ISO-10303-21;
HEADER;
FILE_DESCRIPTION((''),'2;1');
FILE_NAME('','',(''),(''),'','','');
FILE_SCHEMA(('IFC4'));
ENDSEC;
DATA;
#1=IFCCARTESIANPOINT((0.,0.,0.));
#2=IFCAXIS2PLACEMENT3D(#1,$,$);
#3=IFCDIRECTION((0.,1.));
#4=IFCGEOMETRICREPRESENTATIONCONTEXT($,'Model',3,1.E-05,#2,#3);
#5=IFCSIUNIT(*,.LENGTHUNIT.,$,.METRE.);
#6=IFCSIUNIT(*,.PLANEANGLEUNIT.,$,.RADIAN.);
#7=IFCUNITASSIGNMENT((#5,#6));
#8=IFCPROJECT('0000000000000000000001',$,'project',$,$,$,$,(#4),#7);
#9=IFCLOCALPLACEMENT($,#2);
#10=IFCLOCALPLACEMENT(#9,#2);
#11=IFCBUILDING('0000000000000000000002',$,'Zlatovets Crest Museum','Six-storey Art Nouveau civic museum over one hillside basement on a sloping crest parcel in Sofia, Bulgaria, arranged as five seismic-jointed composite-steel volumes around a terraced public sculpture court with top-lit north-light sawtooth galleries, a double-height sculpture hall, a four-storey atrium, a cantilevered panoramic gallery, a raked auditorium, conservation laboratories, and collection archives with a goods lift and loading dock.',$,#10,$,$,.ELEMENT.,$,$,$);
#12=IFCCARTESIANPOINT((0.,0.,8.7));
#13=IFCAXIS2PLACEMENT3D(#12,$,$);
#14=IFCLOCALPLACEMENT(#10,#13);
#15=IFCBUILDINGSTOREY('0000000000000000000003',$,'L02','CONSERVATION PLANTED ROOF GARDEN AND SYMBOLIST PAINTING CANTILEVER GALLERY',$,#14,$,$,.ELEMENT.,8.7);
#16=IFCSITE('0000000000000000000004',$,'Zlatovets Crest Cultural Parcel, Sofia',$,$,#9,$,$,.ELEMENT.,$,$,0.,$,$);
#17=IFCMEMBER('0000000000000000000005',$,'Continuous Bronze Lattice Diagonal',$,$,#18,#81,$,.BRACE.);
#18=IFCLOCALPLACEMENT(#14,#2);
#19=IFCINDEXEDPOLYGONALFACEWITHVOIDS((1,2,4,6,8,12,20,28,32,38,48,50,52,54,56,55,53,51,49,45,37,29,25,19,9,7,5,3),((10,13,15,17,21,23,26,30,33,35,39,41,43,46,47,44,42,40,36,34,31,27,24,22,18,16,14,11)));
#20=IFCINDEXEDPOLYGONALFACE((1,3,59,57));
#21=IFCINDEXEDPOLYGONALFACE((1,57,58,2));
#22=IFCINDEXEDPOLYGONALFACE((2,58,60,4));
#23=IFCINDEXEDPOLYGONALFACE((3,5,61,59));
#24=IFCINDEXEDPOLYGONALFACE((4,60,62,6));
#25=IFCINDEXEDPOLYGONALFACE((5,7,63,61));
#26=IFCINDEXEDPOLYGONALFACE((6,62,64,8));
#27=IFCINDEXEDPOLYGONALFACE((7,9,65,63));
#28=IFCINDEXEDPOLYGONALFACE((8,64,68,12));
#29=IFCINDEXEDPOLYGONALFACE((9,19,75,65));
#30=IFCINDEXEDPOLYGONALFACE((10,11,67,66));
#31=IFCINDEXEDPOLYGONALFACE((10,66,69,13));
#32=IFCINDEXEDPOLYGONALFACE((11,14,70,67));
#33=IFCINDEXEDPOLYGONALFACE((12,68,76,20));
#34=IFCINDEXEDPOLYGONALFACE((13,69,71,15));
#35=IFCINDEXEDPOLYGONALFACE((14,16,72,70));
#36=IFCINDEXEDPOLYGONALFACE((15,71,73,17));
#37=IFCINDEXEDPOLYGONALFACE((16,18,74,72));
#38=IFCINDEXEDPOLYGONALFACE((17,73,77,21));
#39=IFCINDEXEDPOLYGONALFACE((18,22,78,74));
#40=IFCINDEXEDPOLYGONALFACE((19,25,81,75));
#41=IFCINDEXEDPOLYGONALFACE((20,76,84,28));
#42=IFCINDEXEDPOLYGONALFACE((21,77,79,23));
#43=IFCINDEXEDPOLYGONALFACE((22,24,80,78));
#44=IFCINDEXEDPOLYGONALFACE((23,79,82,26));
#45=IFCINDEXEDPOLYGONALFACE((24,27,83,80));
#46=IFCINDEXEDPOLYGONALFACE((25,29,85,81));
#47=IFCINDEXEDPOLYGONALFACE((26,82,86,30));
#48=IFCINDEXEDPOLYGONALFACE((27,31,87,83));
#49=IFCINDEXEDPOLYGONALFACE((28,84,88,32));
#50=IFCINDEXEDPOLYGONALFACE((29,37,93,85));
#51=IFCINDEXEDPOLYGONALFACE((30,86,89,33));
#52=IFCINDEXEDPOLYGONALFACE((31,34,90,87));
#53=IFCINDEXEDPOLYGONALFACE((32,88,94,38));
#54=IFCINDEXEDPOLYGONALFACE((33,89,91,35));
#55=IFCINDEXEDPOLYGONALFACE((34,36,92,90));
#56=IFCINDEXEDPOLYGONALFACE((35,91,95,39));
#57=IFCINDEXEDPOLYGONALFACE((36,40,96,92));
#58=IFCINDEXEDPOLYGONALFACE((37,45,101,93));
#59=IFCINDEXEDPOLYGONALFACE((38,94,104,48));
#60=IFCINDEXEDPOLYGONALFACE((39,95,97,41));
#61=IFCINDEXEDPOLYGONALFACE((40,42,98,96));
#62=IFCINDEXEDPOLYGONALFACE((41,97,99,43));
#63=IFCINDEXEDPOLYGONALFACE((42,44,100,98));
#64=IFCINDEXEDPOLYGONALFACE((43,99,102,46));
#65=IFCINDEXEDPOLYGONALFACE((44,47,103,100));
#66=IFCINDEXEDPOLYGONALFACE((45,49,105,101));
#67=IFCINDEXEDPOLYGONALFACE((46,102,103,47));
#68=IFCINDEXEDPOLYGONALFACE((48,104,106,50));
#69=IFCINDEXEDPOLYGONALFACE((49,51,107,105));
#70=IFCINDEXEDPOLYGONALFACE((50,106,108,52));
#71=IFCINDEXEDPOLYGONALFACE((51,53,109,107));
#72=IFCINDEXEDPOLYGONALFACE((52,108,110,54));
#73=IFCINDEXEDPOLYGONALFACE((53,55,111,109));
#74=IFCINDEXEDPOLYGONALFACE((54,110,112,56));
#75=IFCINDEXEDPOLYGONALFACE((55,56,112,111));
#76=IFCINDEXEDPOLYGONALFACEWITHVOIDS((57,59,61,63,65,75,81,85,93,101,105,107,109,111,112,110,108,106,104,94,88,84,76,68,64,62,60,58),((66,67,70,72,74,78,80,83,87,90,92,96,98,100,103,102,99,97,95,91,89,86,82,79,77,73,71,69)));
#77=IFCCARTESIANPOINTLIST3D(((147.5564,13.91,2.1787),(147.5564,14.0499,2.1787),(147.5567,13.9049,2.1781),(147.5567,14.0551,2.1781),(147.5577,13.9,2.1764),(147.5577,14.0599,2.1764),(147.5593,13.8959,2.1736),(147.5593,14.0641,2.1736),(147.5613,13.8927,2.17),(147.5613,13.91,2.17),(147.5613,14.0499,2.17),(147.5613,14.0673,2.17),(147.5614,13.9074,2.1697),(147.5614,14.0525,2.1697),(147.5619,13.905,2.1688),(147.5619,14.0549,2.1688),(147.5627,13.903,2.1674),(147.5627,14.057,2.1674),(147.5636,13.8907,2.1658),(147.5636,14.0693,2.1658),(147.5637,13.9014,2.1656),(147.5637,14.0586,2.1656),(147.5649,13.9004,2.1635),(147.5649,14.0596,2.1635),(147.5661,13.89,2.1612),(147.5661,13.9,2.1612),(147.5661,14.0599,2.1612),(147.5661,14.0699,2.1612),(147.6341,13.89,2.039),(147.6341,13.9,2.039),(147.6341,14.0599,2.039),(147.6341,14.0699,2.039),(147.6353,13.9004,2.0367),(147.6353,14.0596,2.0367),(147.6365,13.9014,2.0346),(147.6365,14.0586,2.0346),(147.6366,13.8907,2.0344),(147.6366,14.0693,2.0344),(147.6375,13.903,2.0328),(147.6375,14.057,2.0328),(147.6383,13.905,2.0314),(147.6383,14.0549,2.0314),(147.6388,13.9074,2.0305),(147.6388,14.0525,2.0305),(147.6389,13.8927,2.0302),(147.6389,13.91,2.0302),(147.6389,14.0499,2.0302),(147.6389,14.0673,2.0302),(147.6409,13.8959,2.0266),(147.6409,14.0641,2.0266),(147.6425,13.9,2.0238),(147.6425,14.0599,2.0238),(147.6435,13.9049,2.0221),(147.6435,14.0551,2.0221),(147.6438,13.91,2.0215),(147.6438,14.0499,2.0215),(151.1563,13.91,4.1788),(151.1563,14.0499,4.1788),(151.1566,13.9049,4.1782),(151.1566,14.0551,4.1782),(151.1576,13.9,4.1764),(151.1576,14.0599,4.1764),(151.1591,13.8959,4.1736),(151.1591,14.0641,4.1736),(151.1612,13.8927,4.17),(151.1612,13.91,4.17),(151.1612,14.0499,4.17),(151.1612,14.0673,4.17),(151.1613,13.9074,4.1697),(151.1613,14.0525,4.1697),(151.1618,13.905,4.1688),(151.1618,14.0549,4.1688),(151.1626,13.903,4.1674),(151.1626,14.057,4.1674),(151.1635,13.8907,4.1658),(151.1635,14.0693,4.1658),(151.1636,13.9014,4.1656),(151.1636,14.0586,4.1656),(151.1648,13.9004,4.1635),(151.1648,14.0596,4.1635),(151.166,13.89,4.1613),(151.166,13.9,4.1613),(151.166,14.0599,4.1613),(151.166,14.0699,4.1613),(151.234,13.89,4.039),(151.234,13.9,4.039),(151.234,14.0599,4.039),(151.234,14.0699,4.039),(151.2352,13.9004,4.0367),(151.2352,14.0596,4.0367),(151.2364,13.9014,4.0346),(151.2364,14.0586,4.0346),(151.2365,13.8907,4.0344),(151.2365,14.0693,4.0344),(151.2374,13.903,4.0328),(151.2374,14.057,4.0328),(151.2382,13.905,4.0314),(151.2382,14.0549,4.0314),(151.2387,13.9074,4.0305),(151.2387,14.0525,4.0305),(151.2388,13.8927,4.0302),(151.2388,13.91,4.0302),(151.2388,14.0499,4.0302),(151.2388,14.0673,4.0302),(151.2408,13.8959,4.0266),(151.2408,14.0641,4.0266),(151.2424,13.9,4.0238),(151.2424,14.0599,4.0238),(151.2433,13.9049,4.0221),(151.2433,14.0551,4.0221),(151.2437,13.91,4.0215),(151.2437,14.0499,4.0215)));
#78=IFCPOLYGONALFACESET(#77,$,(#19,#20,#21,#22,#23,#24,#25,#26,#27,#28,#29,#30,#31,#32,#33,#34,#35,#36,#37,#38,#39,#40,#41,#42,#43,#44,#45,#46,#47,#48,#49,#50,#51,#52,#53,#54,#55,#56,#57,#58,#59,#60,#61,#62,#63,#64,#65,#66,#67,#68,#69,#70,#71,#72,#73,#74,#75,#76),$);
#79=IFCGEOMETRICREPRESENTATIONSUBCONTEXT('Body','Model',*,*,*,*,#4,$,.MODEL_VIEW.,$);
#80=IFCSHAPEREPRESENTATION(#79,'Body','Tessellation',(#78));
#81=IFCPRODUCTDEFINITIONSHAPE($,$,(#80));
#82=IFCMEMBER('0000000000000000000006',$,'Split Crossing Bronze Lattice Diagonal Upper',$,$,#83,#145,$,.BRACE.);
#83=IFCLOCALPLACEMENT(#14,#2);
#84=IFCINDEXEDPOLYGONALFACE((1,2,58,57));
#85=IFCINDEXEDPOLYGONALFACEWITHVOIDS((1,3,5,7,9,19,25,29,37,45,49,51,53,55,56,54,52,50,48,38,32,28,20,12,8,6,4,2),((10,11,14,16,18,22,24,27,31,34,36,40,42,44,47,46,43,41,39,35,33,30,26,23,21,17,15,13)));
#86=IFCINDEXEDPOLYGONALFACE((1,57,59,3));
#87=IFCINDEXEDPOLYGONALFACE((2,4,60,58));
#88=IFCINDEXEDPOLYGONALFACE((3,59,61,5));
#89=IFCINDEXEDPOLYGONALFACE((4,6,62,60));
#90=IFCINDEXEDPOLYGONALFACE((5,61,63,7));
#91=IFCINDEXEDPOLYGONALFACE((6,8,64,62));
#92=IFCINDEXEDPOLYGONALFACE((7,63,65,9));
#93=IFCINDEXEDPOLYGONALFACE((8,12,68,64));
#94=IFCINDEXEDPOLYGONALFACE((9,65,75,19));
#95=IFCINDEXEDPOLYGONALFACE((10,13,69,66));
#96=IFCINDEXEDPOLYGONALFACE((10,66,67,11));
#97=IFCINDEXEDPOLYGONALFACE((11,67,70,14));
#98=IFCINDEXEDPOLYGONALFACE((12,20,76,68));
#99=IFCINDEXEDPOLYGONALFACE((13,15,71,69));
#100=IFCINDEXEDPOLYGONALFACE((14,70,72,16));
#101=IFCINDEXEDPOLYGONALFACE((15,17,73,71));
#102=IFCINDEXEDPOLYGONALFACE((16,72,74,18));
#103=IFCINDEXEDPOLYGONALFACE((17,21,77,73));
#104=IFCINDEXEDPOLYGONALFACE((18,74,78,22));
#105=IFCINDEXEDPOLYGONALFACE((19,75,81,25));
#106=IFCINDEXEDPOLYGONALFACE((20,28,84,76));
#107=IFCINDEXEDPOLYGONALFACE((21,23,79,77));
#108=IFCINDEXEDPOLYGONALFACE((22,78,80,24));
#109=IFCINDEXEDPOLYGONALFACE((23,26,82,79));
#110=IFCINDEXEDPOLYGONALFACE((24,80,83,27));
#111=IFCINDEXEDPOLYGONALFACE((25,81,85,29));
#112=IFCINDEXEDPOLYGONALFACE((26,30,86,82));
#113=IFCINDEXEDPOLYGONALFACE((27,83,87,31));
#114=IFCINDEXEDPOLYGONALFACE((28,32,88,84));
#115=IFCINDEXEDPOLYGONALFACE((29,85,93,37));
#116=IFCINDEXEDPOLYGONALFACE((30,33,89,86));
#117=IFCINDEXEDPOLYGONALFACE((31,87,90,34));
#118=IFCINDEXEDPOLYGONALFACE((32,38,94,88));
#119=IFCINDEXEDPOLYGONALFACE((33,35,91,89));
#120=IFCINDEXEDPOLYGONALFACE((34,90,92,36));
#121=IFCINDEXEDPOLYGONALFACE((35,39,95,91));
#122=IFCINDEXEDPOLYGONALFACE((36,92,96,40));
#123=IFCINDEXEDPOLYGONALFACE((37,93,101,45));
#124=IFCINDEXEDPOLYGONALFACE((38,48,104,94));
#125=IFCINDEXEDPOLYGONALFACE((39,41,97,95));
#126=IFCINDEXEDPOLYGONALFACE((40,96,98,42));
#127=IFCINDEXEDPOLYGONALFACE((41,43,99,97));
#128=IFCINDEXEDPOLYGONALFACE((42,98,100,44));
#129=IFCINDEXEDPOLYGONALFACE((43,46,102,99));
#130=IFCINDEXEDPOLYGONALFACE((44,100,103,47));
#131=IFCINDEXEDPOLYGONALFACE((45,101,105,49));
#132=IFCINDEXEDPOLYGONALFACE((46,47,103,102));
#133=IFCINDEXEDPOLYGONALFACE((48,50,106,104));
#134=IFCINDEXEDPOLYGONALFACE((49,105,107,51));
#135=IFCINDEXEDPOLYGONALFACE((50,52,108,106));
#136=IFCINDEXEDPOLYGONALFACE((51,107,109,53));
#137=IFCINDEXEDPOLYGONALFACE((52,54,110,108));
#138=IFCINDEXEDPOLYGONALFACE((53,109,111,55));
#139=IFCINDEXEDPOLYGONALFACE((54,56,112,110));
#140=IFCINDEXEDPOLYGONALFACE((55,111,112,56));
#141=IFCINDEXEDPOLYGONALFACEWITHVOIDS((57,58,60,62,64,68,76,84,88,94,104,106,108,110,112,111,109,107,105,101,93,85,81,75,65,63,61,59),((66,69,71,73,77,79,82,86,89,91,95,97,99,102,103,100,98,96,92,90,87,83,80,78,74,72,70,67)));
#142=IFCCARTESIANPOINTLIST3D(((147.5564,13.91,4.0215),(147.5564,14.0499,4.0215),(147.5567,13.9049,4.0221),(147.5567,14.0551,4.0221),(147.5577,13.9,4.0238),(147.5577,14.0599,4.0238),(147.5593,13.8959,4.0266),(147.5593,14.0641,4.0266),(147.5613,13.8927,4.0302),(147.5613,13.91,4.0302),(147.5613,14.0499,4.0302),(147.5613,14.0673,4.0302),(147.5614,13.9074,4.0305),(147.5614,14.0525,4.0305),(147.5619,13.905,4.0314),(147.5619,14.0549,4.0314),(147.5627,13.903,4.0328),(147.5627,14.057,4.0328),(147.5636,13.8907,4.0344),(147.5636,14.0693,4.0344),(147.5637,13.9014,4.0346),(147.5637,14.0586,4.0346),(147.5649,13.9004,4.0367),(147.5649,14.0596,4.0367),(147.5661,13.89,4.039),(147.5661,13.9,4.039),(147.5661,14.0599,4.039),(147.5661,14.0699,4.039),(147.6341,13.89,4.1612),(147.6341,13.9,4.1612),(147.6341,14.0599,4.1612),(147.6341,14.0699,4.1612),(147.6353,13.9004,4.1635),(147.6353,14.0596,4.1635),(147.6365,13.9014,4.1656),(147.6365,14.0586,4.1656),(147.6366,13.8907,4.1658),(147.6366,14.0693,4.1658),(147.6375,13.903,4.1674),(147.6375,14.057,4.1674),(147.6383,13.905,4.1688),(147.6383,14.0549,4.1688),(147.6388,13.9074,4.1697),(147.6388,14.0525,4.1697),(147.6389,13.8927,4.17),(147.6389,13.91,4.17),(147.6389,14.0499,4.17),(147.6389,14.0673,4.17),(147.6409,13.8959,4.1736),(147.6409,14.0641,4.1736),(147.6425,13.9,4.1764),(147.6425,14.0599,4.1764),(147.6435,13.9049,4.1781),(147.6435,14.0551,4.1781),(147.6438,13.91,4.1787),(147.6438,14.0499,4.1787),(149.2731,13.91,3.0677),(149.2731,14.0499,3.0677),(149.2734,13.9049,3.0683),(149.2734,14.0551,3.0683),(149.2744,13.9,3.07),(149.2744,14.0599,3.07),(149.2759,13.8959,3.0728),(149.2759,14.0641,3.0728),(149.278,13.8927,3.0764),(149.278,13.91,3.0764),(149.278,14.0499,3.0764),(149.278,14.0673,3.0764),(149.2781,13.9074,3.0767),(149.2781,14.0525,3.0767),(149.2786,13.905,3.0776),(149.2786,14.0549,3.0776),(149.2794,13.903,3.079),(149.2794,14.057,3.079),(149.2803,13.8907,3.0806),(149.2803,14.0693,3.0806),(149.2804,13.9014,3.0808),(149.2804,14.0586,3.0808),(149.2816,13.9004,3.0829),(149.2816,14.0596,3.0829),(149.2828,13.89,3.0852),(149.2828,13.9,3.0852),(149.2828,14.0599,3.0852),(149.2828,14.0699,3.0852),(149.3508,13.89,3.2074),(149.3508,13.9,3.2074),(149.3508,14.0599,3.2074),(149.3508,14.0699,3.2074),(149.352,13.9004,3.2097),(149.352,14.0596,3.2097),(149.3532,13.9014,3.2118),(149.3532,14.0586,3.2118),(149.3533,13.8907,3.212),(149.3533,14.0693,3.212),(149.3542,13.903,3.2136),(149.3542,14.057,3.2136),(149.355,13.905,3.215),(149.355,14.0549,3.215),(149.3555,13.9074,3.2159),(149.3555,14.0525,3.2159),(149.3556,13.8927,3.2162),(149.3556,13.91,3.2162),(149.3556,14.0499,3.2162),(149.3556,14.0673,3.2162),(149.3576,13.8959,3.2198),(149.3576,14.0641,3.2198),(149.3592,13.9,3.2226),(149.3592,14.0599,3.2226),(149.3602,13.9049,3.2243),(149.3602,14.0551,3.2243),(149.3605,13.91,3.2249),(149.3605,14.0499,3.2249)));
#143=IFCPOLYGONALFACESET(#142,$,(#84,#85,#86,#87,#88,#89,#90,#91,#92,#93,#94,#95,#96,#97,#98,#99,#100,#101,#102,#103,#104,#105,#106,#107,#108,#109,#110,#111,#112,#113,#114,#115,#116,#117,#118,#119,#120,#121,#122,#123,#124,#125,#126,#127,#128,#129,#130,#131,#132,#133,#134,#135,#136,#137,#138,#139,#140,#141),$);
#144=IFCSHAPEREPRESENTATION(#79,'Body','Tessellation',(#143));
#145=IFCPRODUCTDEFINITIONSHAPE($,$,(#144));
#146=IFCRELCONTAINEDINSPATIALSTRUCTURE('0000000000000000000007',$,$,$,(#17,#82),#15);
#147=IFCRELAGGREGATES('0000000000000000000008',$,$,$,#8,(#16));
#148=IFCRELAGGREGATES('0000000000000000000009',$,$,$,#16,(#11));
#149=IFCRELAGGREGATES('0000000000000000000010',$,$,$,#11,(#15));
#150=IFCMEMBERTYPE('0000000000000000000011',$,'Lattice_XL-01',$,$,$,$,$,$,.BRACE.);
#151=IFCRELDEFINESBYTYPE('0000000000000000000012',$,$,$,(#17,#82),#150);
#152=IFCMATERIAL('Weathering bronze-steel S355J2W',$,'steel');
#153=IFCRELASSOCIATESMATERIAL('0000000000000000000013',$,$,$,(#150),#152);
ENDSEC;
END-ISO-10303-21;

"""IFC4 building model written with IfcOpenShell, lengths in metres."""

from ifc_helpers import new_model, si_unit, direction, frame, origin, origin_2d, place, context, subcontext, project, spatial, hollow_rectangle, extrude, material, material_profile, profile_set, type_object, element, save


model = new_model("IFC4")

# Units and contexts
model_context = context("Model", 3, precision=1e-05, world=origin(), true_north=direction((0.0, 1.0)))
body_context = subcontext(model_context, "Body", "Model", "MODEL_VIEW")
ifc_project = project(units=[si_unit("LENGTHUNIT", "METRE"), si_unit("PLANEANGLEUNIT", "RADIAN")], contexts=[model_context])

# Site, building, storey
site_placement = place(None, origin())
site = spatial("IfcSite", under=ifc_project, at=site_placement, Name="Zlatovets Crest Cultural Parcel, Sofia", CompositionType="ELEMENT", RefElevation=0.0)
building_placement = place(site_placement, origin())
building = spatial("IfcBuilding", under=site, at=building_placement, Name="Zlatovets Crest Museum", Description="Six-storey Art Nouveau civic museum over one hillside basement on a sloping crest parcel in Sofia, Bulgaria, arranged as five seismic-jointed composite-steel volumes around a terraced public sculpture court with top-lit north-light sawtooth galleries, a double-height sculpture hall, a four-storey atrium, a cantilevered panoramic gallery, a raked auditorium, conservation laboratories, and collection archives with a goods lift and loading dock.", CompositionType="ELEMENT")
storey_placement = place(building_placement, frame((0.0, 0.0, 8.7)))
storey = spatial("IfcBuildingStorey", under=building, at=storey_placement, Name="L02", Description="CONSERVATION PLANTED ROOF GARDEN AND SYMBOLIST PAINTING CANTILEVER GALLERY", CompositionType="ELEMENT", Elevation=8.7)

# Members
ifc_material_1 = material(Name="Weathering bronze-steel S355J2W", Category="steel")
ifc_material_profile_1 = material_profile(ifc_material_1, hollow_rectangle(XDim=0.1799, YDim=0.1799, WallThickness=0.01, InnerFilletRadius=0.01, OuterFilletRadius=0.02, at=origin_2d()), Name="SHS 180x180x10.0")
ifc_profile_set_1 = profile_set([ifc_material_profile_1], Name="Weathering bronze-steel S355J2W")
member_type_1 = type_object("IfcMemberType", Name="Lattice_XL-01", PredefinedType="BRACE", material=ifc_profile_set_1)
member_1_placement = place(storey_placement, frame((147.6001, 13.98, 2.1001), z_axis=(0.874149, 0.0, 0.485658), x_axis=(0.0, 1.0, 0.0)))
element("IfcMember", 1, at=member_1_placement, inside=storey, type_object=member_type_1, Name="Continuous Bronze Lattice Diagonal", PredefinedType="BRACE", context=body_context, shape_type="SweptSolid", body=[
    extrude(hollow_rectangle(XDim=0.1799, YDim=0.1799, WallThickness=0.01, InnerFilletRadius=0.01, OuterFilletRadius=0.02, at=origin_2d()), origin(), (0.0, 0.0, 1.0), 4.1182),
])
member_2_placement = place(storey_placement, frame((147.6001, 13.98, 4.1001), z_axis=(0.87414, 0.0, -0.485675), x_axis=(0.0, 1.0, 0.0)))
element("IfcMember", 2, at=member_2_placement, inside=storey, type_object=member_type_1, Name="Split Crossing Bronze Lattice Diagonal Upper", PredefinedType="BRACE", context=body_context, shape_type="SweptSolid", body=[
    extrude(hollow_rectangle(XDim=0.1799, YDim=0.1799, WallThickness=0.01, InnerFilletRadius=0.01, OuterFilletRadius=0.02, at=origin_2d()), origin(), (0.0, 0.0, 1.0), 1.9639),
])

save(model, "model.ifc")
